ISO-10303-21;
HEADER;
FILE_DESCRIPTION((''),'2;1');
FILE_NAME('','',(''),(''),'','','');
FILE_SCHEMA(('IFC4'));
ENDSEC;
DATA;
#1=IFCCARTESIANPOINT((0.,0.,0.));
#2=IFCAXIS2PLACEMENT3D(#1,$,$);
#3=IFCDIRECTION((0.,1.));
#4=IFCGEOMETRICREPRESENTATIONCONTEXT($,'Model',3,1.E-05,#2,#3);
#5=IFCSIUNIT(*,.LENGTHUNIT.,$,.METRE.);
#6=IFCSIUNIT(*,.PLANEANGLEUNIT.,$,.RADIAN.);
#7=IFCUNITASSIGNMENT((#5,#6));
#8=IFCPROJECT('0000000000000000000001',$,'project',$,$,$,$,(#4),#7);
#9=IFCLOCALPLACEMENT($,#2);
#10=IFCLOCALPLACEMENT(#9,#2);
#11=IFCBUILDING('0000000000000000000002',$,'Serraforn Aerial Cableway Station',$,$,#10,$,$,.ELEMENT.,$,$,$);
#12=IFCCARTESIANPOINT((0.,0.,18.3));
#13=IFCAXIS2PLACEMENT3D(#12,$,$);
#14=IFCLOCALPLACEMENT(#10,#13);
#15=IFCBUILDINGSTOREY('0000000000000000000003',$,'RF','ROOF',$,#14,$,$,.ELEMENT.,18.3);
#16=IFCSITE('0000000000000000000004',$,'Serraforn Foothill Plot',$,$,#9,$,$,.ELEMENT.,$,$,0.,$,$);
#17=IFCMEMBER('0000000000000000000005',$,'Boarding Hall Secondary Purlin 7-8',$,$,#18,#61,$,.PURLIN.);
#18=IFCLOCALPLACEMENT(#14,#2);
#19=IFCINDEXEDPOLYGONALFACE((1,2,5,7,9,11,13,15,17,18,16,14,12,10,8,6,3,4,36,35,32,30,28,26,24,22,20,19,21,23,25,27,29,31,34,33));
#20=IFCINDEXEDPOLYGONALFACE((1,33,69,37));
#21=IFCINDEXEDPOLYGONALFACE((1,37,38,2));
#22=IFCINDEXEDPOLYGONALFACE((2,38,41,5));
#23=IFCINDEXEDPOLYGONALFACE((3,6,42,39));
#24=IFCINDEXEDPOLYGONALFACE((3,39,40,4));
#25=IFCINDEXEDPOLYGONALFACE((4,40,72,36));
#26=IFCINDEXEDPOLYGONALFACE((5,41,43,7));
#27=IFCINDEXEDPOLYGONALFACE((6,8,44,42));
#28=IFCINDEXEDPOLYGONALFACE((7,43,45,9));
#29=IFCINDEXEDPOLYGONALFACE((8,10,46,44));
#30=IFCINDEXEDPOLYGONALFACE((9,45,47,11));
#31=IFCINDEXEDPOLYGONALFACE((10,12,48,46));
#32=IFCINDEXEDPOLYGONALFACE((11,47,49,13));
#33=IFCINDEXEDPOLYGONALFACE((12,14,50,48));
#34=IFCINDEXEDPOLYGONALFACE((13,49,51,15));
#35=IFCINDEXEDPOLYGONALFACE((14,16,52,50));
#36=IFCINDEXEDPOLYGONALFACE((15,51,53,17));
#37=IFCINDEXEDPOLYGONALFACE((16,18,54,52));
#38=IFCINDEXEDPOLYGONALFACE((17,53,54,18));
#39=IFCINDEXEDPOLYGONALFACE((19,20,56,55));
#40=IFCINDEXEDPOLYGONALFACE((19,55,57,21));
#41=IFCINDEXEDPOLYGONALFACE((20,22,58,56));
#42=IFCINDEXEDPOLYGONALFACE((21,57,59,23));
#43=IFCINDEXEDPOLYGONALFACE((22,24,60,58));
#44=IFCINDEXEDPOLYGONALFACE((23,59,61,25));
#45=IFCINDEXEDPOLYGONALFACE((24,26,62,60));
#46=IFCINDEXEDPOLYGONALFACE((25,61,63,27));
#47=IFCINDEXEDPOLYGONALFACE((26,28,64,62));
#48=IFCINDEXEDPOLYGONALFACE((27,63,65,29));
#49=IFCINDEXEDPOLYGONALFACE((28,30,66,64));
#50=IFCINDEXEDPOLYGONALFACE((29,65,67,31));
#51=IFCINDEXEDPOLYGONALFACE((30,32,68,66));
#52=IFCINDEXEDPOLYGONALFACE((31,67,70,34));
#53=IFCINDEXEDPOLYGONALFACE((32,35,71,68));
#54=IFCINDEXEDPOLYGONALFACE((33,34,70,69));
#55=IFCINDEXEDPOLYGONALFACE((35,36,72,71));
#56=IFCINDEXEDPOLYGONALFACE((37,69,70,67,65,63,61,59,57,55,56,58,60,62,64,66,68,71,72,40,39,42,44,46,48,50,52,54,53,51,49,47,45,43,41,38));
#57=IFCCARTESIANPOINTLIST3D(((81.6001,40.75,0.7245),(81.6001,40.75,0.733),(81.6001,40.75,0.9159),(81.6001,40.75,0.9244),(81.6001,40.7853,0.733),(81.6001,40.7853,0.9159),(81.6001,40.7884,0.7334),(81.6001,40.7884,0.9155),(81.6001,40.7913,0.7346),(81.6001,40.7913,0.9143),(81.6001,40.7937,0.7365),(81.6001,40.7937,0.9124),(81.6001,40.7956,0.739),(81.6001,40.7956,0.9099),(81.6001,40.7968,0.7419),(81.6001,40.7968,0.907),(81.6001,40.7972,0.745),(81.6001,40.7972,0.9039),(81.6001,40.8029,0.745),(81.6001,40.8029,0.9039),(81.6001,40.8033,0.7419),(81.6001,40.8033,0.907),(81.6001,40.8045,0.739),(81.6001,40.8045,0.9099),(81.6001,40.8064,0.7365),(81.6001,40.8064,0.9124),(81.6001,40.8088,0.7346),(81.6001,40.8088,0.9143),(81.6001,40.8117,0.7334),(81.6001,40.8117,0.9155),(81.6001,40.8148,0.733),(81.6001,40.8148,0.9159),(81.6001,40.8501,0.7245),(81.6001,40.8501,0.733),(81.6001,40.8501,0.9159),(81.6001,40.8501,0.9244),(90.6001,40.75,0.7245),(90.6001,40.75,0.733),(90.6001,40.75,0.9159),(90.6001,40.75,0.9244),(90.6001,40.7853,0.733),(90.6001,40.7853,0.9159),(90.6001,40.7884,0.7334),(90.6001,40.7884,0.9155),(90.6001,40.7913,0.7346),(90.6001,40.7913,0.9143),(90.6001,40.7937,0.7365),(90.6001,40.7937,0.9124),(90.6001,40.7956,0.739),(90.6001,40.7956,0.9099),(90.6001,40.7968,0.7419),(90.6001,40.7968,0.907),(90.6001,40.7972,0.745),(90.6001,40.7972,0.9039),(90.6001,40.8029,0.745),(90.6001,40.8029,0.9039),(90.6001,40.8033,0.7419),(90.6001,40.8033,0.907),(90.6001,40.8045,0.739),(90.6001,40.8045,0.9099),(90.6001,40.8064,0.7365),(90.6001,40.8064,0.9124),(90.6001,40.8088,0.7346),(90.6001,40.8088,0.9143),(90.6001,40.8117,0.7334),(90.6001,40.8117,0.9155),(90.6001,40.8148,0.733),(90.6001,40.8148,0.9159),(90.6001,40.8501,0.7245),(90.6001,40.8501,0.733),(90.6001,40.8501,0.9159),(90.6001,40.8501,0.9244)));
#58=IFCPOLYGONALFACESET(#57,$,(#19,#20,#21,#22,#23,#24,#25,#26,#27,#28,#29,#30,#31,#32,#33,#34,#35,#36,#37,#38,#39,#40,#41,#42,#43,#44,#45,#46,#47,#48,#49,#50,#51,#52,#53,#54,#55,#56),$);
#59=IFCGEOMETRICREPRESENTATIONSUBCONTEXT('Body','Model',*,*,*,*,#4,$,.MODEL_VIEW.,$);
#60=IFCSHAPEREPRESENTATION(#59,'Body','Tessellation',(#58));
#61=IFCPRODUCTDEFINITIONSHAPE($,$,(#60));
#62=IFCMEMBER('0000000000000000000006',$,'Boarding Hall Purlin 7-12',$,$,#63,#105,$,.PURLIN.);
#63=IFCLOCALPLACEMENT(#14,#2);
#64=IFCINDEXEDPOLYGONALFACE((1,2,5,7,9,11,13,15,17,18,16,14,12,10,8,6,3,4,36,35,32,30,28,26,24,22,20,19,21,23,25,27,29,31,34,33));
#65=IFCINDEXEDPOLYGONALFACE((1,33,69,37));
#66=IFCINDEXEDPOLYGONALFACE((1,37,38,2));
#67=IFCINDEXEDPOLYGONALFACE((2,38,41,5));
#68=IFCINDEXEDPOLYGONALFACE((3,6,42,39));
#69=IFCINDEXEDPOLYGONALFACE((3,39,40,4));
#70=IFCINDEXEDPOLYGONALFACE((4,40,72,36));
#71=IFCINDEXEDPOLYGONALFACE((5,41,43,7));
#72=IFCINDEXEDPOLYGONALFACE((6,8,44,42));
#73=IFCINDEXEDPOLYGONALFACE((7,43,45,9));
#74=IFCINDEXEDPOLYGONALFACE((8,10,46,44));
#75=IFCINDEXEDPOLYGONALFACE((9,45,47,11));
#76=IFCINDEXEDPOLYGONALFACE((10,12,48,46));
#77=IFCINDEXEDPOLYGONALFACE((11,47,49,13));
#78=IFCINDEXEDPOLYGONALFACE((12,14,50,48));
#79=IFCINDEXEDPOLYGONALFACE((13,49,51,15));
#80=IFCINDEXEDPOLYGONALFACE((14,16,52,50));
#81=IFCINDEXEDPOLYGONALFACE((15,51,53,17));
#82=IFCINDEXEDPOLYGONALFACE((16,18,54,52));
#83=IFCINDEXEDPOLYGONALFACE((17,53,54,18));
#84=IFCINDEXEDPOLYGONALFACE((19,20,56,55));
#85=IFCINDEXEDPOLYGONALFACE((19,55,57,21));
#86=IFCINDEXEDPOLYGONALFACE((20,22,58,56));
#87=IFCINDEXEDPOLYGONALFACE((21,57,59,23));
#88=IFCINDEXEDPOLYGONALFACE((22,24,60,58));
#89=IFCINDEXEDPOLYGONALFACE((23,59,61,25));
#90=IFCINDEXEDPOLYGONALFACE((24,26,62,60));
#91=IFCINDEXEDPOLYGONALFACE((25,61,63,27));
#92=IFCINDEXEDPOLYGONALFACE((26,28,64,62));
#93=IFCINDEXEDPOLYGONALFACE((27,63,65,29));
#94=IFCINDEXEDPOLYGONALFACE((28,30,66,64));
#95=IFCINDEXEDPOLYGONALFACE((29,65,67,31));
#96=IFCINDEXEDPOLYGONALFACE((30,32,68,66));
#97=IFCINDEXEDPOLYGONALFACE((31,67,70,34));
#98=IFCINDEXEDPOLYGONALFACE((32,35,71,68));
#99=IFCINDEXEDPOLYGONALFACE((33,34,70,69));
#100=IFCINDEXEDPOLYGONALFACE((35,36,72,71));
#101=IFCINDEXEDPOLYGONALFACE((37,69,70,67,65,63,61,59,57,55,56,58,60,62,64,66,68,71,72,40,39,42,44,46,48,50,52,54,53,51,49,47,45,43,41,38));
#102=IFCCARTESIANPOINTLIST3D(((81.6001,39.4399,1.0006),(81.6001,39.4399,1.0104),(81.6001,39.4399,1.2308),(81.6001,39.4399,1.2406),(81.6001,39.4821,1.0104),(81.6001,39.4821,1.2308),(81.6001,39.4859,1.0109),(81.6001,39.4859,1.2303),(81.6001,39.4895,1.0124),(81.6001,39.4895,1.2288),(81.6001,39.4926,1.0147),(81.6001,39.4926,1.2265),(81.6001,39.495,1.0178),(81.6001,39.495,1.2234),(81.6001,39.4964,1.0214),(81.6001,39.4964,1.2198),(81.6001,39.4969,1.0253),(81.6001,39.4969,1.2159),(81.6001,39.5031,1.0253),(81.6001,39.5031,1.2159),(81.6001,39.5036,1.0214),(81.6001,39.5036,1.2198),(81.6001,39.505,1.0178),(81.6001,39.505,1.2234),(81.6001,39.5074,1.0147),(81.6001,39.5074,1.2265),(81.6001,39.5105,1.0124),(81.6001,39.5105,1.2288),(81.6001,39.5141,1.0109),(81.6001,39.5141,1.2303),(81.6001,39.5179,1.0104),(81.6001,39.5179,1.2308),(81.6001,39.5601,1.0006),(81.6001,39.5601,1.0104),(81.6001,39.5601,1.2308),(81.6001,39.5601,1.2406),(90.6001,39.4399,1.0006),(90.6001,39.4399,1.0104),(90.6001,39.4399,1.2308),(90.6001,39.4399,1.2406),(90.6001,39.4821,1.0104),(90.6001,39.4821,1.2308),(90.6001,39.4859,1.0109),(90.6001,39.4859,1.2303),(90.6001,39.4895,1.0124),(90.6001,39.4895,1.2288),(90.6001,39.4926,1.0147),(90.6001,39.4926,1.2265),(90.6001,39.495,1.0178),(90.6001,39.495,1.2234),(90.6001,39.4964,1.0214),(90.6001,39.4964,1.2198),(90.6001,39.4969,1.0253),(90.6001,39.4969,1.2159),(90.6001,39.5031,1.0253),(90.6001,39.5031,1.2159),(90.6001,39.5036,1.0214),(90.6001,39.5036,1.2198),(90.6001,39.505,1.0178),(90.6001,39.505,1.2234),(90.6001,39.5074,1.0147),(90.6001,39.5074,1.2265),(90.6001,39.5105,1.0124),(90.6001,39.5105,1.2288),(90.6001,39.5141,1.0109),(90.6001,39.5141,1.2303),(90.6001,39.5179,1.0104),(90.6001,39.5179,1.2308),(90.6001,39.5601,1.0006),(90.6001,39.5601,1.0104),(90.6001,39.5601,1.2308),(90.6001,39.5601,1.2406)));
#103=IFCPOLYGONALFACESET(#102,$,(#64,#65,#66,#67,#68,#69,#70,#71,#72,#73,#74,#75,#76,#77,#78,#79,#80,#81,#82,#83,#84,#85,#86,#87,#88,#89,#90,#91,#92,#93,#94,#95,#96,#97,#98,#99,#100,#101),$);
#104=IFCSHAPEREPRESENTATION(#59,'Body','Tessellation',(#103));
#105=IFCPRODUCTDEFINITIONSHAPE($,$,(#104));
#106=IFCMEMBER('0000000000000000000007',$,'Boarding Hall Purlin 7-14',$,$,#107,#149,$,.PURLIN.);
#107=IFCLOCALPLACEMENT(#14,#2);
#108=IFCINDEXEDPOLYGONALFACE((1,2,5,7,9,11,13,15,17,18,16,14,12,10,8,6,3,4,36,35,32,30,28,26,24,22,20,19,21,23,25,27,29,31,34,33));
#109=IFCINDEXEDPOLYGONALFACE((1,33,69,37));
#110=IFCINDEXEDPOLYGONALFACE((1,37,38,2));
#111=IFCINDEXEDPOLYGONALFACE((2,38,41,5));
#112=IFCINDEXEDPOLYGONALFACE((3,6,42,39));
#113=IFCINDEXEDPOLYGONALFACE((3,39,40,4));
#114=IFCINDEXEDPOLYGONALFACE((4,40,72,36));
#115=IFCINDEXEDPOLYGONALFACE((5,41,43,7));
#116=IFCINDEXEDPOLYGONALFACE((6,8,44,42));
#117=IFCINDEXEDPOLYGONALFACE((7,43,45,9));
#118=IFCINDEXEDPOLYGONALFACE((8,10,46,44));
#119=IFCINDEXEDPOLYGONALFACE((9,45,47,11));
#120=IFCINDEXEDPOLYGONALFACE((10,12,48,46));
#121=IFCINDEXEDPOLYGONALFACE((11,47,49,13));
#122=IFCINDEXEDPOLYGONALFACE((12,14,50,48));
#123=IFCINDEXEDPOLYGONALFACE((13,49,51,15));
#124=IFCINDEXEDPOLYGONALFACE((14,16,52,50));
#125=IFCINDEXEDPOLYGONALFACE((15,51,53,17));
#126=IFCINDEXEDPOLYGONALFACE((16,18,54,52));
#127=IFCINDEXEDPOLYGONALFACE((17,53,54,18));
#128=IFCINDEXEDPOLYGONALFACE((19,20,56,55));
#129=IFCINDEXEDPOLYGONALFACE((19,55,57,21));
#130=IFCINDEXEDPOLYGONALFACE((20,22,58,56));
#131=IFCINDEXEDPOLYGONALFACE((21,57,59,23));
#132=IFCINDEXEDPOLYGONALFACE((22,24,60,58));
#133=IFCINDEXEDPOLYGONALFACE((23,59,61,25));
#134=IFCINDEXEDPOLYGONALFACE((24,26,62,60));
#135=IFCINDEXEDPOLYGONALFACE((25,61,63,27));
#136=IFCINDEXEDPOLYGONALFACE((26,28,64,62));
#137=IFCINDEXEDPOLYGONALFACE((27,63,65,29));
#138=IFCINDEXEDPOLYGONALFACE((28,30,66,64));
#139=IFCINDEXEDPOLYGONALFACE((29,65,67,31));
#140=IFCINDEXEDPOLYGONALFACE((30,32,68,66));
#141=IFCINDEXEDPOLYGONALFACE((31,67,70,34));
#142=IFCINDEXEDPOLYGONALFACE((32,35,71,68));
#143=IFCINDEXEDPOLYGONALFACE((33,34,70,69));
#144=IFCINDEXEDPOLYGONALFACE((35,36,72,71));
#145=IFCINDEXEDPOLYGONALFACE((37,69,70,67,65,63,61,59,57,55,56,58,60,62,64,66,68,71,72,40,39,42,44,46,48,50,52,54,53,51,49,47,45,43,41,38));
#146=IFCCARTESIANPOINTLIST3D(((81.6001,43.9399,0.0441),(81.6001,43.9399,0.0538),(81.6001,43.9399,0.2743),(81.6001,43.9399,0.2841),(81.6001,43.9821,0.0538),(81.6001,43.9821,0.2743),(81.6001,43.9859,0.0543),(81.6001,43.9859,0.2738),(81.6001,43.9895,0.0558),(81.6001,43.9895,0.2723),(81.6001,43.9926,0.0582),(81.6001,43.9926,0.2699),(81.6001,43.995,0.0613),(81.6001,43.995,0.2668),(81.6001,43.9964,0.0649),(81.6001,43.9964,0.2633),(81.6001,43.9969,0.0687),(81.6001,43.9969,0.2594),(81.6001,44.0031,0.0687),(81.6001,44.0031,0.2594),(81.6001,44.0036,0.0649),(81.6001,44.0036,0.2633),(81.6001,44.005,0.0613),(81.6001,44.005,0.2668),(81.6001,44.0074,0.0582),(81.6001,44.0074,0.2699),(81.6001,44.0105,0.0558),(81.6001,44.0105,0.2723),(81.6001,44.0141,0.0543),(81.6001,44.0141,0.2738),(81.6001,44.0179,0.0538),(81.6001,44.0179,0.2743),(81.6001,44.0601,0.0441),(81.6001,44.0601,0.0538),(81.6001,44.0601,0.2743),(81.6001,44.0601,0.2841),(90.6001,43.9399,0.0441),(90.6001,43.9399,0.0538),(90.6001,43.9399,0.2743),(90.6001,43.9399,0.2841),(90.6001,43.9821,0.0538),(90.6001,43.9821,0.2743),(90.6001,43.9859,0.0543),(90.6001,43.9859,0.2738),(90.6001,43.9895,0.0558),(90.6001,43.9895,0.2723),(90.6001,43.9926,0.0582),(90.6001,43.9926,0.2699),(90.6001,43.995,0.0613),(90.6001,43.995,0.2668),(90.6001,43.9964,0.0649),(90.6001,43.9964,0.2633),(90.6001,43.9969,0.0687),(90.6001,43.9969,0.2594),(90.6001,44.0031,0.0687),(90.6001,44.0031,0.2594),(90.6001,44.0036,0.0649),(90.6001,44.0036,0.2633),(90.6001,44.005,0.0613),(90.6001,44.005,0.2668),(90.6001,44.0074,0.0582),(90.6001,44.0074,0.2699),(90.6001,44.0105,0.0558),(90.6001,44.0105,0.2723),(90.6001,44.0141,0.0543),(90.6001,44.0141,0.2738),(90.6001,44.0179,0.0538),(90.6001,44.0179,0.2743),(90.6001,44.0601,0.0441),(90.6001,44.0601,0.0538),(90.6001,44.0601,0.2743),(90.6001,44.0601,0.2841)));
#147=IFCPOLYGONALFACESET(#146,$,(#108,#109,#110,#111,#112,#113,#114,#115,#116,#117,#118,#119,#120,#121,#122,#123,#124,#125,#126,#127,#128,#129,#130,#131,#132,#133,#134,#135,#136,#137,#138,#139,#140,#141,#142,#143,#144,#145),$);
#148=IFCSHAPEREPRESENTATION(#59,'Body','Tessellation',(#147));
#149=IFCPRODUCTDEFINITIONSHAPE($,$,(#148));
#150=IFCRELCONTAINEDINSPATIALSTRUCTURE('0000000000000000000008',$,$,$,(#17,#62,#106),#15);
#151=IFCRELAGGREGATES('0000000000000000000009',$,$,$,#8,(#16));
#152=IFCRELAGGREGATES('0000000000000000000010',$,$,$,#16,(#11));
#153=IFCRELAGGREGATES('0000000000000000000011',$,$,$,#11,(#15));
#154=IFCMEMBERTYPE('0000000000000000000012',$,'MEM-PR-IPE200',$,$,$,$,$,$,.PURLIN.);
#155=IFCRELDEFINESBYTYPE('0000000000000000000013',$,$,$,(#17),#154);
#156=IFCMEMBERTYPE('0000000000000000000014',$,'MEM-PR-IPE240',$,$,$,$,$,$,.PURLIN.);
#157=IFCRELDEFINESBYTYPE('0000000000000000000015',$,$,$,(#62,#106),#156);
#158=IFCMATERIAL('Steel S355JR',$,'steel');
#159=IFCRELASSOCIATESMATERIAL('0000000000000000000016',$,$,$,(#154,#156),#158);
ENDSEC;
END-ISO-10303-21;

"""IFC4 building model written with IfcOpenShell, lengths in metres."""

from ifc_helpers import new_model, si_unit, direction, frame, origin, origin_2d, place, context, subcontext, project, spatial, i_section, extrude, material, material_profile, profile_set, type_object, element, save


model = new_model("IFC4")

# Units and contexts
model_context = context("Model", 3, precision=1e-05, world=origin(), true_north=direction((0.0, 1.0)))
body_context = subcontext(model_context, "Body", "Model", "MODEL_VIEW")
ifc_project = project(units=[si_unit("LENGTHUNIT", "METRE"), si_unit("PLANEANGLEUNIT", "RADIAN")], contexts=[model_context])

# Site, building, storey
site_placement = place(None, origin())
site = spatial("IfcSite", under=ifc_project, at=site_placement, Name="Serraforn Foothill Plot", CompositionType="ELEMENT", RefElevation=0.0)
building_placement = place(site_placement, origin())
building = spatial("IfcBuilding", under=site, at=building_placement, Name="Serraforn Aerial Cableway Station", CompositionType="ELEMENT")
storey_placement = place(building_placement, frame((0.0, 0.0, 18.3)))
storey = spatial("IfcBuildingStorey", under=building, at=storey_placement, Name="RF", Description="ROOF", CompositionType="ELEMENT", Elevation=18.3)

# Members
ifc_material_1 = material(Name="Steel S355JR", Category="steel")
ifc_material_profile_1 = material_profile(ifc_material_1, i_section(OverallWidth=0.1001, OverallDepth=0.2, WebThickness=0.0056, FlangeThickness=0.0085, FilletRadius=0.012, at=origin_2d()), Name="IPE 200")
ifc_profile_set_1 = profile_set([ifc_material_profile_1], Name="Steel S355JR")
member_type_1 = type_object("IfcMemberType", Name="MEM-PR-IPE200", PredefinedType="PURLIN", material=ifc_profile_set_1)
for number, where, z_axis, x_axis, name in (
    (1, (81.6001, 40.8, 0.8245), (1.0, 0.0, 0.0), (0.0, 1.0, 0.0), "Boarding Hall Secondary Purlin 7-8"),
):
    element("IfcMember", number, at=place(storey_placement, frame(where, z_axis=z_axis, x_axis=x_axis)), inside=storey, type_object=member_type_1, Name=name, PredefinedType="PURLIN", context=body_context, shape_type="SweptSolid", body=[
        extrude(i_section(OverallWidth=0.1001, OverallDepth=0.2, WebThickness=0.0056, FlangeThickness=0.0085, FilletRadius=0.012, at=origin_2d()), origin(), (0.0, 0.0, 1.0), 9.0),
    ])
ifc_material_profile_2 = material_profile(ifc_material_1, i_section(OverallWidth=0.1201, OverallDepth=0.24, WebThickness=0.0061, FlangeThickness=0.0098, FilletRadius=0.0149, at=origin_2d()), Name="IPE 240")
ifc_profile_set_2 = profile_set([ifc_material_profile_2], Name="Steel S355JR")
member_type_2 = type_object("IfcMemberType", Name="MEM-PR-IPE240", PredefinedType="PURLIN", material=ifc_profile_set_2)
for number, where, z_axis, x_axis, name in (
    (2, (81.6001, 39.5, 1.1206), (1.0, 0.0, 0.0), (0.0, 1.0, 0.0), "Boarding Hall Purlin 7-12"),
    (3, (81.6001, 44.0, 0.1641), (1.0, 0.0, 0.0), (0.0, 1.0, 0.0), "Boarding Hall Purlin 7-14"),
):
    element("IfcMember", number, at=place(storey_placement, frame(where, z_axis=z_axis, x_axis=x_axis)), inside=storey, type_object=member_type_2, Name=name, PredefinedType="PURLIN", context=body_context, shape_type="SweptSolid", body=[
        extrude(i_section(OverallWidth=0.1201, OverallDepth=0.24, WebThickness=0.0061, FlangeThickness=0.0098, FilletRadius=0.0149, at=origin_2d()), origin(), (0.0, 0.0, 1.0), 9.0),
    ])

save(model, "model.ifc")
